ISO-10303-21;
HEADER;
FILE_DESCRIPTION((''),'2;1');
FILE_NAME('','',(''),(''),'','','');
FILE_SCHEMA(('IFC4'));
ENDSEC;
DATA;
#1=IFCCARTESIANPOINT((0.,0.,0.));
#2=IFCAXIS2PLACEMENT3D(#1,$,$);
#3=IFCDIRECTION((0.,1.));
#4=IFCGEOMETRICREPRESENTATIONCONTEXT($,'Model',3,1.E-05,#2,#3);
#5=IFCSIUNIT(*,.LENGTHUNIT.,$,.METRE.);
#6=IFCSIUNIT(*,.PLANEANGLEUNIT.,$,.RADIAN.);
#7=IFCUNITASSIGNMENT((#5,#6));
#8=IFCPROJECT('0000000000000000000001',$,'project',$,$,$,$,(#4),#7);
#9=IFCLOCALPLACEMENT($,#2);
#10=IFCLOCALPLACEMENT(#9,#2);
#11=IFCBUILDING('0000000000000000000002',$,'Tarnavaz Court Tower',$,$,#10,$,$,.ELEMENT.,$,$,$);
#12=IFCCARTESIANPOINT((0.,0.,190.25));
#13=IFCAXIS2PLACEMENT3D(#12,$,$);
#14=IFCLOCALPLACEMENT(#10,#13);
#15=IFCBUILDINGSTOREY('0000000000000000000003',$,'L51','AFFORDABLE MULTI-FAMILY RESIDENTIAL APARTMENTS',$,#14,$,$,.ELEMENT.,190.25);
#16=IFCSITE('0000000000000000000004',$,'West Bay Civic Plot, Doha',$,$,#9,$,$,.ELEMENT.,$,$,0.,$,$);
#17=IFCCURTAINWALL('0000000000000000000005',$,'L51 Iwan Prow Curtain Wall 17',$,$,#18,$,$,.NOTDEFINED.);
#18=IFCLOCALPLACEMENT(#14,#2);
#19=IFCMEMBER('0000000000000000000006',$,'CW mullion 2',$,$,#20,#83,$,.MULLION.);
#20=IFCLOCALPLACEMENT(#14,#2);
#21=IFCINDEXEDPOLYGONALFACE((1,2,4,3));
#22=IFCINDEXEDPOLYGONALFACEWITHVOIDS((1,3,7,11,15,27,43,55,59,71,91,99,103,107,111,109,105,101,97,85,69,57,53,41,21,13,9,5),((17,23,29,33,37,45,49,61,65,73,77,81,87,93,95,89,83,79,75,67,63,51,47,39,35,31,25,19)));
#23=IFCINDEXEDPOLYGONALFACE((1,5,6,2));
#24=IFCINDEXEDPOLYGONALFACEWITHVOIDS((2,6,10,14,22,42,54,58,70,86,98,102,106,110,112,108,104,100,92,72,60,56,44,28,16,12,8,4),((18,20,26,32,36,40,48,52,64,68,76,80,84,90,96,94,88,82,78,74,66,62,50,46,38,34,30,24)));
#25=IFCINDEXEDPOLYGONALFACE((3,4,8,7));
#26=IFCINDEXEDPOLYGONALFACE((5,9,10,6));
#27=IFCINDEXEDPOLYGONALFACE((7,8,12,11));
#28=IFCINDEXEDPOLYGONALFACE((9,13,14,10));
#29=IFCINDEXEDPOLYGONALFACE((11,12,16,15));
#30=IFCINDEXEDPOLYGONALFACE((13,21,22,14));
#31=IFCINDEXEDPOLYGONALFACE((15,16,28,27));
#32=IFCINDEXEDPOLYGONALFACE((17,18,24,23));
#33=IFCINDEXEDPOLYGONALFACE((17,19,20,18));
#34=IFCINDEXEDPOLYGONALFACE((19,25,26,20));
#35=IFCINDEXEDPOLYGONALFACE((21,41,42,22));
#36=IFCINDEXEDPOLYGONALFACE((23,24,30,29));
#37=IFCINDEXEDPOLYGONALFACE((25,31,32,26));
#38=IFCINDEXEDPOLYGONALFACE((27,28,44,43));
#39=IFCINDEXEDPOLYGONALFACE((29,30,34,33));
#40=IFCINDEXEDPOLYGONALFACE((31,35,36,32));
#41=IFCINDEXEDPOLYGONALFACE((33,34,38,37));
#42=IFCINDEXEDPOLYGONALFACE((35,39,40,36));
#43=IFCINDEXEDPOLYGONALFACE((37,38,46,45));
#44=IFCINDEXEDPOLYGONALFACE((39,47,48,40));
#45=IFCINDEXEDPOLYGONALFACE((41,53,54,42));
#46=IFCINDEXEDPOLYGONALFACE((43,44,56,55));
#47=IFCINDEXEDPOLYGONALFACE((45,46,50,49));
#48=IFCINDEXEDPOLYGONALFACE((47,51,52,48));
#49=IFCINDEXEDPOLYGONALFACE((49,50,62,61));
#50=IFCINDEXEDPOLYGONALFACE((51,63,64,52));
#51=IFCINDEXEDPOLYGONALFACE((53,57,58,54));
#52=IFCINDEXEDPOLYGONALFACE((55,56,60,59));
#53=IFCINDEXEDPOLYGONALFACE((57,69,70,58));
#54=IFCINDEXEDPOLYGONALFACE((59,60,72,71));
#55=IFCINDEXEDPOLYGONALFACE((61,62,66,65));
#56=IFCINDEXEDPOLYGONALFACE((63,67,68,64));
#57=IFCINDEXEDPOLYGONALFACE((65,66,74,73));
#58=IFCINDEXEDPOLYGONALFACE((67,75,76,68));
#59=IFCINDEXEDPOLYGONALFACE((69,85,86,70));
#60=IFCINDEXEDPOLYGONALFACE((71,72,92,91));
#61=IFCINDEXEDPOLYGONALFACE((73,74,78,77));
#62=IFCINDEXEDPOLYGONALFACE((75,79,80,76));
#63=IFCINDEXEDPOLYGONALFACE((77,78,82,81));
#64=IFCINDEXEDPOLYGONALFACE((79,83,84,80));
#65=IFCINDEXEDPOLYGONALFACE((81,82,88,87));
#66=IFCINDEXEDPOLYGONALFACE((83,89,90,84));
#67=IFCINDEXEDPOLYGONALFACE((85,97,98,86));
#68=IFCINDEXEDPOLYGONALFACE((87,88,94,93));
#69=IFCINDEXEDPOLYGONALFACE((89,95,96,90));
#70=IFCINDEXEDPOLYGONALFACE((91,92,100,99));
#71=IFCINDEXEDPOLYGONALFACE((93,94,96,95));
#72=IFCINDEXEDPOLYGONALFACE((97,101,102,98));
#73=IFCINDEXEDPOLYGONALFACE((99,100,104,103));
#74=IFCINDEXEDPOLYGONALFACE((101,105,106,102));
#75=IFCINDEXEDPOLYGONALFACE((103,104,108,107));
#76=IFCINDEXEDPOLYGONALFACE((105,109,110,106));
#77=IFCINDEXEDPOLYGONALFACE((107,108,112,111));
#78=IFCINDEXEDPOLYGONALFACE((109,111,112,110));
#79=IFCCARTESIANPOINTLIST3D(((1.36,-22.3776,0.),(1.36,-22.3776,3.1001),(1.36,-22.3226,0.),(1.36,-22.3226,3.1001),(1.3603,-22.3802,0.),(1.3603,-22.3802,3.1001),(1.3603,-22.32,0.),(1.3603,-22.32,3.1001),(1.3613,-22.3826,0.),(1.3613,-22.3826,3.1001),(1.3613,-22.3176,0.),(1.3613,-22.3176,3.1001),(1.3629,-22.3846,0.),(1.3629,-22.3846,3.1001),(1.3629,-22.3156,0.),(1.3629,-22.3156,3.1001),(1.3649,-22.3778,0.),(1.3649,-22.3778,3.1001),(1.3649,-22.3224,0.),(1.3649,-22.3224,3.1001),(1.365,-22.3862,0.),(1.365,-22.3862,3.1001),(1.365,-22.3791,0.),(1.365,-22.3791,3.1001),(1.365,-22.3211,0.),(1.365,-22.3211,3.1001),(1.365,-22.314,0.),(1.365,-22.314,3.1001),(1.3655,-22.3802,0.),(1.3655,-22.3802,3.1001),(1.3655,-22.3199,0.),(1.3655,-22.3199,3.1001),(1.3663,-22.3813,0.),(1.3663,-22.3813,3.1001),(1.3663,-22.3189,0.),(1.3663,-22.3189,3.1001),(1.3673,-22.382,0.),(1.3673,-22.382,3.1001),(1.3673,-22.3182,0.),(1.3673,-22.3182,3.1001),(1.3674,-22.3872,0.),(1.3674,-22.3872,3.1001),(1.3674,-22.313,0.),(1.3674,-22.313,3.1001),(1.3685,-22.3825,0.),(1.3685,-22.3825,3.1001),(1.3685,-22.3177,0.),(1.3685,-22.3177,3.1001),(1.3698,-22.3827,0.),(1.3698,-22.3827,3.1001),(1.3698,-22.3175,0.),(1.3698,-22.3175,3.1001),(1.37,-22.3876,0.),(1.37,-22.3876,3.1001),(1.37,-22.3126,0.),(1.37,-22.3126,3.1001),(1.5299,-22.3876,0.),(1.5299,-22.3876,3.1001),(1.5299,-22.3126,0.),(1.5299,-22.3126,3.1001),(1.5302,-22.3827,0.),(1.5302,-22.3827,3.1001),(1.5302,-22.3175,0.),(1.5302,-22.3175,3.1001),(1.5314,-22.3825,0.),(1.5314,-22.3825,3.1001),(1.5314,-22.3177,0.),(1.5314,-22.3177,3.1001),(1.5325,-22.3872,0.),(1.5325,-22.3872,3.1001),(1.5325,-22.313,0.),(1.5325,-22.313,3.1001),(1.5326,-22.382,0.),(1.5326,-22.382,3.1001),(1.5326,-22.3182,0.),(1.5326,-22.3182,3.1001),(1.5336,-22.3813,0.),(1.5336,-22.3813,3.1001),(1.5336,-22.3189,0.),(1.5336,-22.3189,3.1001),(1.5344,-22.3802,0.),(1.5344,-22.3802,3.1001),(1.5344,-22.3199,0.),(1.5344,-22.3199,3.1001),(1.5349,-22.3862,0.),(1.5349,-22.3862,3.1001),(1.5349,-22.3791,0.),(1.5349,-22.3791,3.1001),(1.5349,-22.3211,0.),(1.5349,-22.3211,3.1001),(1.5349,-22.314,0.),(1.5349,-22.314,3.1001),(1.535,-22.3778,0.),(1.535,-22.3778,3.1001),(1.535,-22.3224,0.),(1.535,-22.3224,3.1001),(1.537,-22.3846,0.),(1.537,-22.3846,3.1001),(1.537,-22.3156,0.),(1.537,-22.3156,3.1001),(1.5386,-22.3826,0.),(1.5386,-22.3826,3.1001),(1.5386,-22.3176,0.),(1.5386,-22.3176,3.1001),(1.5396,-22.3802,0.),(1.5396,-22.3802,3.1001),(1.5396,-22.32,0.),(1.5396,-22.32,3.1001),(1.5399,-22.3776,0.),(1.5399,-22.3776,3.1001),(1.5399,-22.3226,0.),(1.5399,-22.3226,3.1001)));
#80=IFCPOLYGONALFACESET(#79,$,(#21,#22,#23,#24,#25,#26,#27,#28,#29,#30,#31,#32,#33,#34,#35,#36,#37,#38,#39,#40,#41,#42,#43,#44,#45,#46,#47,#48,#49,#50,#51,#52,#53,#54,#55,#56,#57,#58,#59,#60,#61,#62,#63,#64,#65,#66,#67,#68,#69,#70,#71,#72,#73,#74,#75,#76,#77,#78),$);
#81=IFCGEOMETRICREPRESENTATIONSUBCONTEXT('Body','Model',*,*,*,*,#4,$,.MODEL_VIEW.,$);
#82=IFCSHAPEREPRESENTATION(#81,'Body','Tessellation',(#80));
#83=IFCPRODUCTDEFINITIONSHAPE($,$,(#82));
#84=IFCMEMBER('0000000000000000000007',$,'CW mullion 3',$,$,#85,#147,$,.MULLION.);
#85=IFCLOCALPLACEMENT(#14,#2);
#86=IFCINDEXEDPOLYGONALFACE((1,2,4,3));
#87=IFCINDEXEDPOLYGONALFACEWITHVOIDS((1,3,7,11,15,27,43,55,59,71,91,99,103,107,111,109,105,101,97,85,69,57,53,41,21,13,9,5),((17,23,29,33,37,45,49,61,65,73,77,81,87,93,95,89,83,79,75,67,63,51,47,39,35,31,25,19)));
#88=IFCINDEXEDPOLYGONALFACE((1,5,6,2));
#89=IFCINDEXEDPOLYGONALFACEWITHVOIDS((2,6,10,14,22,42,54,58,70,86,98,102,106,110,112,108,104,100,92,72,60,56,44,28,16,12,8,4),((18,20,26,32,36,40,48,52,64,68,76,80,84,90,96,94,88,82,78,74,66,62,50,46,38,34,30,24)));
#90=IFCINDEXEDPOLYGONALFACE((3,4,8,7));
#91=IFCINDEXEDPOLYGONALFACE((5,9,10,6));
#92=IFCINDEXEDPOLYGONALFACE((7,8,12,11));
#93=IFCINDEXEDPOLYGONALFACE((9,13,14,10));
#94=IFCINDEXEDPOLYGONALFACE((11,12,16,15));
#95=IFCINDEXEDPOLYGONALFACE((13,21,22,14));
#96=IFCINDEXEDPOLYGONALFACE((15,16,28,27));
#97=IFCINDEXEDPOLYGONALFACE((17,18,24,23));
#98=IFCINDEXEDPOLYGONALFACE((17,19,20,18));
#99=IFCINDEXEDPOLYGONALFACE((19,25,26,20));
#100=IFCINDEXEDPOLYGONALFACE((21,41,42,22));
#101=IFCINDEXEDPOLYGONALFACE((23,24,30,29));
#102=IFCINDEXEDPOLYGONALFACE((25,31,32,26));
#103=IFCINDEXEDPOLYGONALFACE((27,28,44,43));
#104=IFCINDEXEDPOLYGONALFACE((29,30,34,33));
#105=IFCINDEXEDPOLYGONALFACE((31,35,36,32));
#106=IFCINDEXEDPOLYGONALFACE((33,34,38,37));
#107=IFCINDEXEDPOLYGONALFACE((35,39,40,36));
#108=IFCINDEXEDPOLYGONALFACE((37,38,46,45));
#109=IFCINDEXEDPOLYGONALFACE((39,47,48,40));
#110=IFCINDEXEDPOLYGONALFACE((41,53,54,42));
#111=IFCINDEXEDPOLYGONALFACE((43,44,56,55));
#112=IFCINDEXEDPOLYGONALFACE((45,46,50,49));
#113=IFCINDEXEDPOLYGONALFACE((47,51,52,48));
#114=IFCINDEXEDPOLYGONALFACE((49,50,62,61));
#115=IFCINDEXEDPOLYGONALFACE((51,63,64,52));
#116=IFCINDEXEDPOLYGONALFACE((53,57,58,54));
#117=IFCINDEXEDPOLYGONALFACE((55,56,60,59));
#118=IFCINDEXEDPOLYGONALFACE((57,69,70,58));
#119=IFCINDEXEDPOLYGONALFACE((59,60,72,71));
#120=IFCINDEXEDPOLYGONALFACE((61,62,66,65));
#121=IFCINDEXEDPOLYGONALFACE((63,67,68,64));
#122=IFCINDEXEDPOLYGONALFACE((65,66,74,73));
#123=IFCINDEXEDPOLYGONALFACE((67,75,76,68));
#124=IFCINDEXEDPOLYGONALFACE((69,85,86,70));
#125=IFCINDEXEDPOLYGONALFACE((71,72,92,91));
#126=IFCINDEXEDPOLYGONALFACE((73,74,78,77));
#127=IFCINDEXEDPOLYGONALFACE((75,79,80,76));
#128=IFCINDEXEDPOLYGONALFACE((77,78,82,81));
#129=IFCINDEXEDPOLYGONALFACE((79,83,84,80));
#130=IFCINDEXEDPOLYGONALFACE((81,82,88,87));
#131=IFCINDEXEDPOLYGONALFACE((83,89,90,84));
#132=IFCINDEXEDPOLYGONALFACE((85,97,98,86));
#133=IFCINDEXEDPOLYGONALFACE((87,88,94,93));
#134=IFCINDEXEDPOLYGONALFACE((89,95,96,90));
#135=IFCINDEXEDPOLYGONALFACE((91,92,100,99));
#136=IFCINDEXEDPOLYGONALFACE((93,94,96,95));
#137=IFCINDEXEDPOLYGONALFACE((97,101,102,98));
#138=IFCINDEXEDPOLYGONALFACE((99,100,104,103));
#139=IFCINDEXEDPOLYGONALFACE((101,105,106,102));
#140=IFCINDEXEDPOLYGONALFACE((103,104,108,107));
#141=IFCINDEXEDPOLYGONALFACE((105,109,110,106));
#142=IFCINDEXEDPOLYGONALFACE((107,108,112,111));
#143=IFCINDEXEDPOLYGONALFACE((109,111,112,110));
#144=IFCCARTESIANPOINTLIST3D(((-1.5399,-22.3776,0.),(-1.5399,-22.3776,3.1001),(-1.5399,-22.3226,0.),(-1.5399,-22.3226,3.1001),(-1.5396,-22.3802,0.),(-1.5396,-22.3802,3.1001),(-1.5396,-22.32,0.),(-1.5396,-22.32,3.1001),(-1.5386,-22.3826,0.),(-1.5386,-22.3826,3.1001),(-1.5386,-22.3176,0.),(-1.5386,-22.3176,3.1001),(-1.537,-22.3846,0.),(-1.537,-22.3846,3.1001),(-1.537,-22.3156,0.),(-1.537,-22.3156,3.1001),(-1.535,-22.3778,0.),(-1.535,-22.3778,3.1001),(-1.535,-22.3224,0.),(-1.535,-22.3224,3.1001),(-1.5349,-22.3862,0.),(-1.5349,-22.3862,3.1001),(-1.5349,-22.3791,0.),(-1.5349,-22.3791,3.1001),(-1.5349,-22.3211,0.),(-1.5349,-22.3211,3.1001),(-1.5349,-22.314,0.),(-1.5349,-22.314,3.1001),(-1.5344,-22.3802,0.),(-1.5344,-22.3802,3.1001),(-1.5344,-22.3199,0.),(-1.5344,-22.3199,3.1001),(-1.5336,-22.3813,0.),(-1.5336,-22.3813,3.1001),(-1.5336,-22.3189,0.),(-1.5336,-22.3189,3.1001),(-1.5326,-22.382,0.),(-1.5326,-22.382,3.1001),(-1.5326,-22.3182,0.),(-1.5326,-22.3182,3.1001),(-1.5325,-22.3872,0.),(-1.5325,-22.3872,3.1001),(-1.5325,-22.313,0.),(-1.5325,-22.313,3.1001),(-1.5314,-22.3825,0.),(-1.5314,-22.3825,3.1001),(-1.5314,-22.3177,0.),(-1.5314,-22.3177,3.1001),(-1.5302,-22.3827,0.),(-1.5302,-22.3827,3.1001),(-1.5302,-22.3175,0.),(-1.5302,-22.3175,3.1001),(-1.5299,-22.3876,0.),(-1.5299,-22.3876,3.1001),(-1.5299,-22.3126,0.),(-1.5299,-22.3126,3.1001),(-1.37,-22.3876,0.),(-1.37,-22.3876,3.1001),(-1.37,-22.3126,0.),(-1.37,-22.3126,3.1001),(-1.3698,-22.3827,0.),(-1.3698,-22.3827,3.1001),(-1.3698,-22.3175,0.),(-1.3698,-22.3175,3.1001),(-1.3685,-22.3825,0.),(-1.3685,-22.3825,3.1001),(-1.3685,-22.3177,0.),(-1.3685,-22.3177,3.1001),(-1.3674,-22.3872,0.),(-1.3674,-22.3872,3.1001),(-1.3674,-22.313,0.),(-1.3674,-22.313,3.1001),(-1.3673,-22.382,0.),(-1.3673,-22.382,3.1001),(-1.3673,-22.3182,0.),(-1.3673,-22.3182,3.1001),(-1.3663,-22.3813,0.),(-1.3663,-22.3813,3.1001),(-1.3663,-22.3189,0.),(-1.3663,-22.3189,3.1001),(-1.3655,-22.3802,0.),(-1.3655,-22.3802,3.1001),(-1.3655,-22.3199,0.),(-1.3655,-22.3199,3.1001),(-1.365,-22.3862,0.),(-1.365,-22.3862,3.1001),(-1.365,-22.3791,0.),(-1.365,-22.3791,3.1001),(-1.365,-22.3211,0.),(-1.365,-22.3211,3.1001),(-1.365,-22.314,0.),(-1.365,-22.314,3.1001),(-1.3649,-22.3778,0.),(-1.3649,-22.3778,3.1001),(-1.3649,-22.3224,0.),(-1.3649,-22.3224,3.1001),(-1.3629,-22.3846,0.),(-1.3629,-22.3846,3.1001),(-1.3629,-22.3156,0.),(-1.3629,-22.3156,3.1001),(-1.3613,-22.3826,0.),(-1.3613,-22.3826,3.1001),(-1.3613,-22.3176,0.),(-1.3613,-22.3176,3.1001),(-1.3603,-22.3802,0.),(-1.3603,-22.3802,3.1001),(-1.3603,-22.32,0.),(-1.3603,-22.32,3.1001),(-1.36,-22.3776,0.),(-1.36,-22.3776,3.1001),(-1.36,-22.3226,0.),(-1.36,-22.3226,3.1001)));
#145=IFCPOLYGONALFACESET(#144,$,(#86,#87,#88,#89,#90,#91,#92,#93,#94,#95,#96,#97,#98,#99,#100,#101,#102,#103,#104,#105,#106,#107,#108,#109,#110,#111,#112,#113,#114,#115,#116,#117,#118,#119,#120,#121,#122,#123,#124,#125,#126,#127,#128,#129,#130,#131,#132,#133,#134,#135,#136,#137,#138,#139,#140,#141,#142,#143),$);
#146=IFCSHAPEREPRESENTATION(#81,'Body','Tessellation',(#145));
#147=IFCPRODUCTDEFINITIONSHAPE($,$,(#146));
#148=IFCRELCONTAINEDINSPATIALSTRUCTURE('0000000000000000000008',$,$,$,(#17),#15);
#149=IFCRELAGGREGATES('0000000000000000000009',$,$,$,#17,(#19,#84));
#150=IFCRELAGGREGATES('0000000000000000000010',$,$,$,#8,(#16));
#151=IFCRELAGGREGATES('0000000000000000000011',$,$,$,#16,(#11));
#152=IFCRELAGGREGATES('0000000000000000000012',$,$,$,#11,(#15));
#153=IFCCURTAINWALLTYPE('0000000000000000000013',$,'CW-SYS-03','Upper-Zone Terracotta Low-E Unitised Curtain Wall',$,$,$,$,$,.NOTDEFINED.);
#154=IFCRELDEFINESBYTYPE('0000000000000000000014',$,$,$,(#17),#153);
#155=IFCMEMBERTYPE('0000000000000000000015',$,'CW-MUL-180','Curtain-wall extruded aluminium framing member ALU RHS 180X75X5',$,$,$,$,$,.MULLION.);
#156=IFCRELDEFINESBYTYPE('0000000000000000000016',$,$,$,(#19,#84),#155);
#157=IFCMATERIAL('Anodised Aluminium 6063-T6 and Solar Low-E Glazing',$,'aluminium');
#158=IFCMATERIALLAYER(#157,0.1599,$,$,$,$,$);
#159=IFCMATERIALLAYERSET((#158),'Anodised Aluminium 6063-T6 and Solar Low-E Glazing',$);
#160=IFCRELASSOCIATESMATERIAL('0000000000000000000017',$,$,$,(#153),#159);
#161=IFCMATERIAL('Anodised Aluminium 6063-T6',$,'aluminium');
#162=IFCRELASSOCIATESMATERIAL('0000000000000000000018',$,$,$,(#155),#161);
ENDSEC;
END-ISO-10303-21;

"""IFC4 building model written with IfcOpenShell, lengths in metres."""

from ifc_helpers import new_model, si_unit, direction, frame, origin, origin_2d, place, context, subcontext, project, spatial, hollow_rectangle, extrude, material, layer, layer_set, material_profile, profile_set, type_object, element, aggregate, save


model = new_model("IFC4")

# Units and contexts
model_context = context("Model", 3, precision=1e-05, world=origin(), true_north=direction((0.0, 1.0)))
body_context = subcontext(model_context, "Body", "Model", "MODEL_VIEW")
ifc_project = project(units=[si_unit("LENGTHUNIT", "METRE"), si_unit("PLANEANGLEUNIT", "RADIAN")], contexts=[model_context])

# Site, building, storey
site_placement = place(None, origin())
site = spatial("IfcSite", under=ifc_project, at=site_placement, Name="West Bay Civic Plot, Doha", CompositionType="ELEMENT", RefElevation=0.0)
building_placement = place(site_placement, origin())
building = spatial("IfcBuilding", under=site, at=building_placement, Name="Tarnavaz Court Tower", CompositionType="ELEMENT")
storey_placement = place(building_placement, frame((0.0, 0.0, 190.25)))
storey = spatial("IfcBuildingStorey", under=building, at=storey_placement, Name="L51", Description="AFFORDABLE MULTI-FAMILY RESIDENTIAL APARTMENTS", CompositionType="ELEMENT", Elevation=190.25)

# Curtain wall, members
ifc_material_1 = material(Name="Anodised Aluminium 6063-T6 and Solar Low-E Glazing", Category="aluminium")
ifc_layer_1 = layer(ifc_material_1, 0.1599)
ifc_layer_set_1 = layer_set([ifc_layer_1], Name="Anodised Aluminium 6063-T6 and Solar Low-E Glazing")
curtain_wall_type = type_object("IfcCurtainWallType", Name="CW-SYS-03", Description="Upper-Zone Terracotta Low-E Unitised Curtain Wall", PredefinedType="NOTDEFINED", material=ifc_layer_set_1)
curtain_wall_placement = place(storey_placement, origin())
curtain_wall = element("IfcCurtainWall", 1, at=curtain_wall_placement, inside=storey, type_object=curtain_wall_type, Name="L51 Iwan Prow Curtain Wall 17", PredefinedType="NOTDEFINED")
ifc_material_2 = material(Name="Anodised Aluminium 6063-T6", Category="aluminium")
ifc_material_profile_1 = material_profile(ifc_material_2, hollow_rectangle(XDim=0.075, YDim=0.1799, WallThickness=0.0049, InnerFilletRadius=0.0049, OuterFilletRadius=0.01, at=origin_2d()), Name="ALU RHS 180X75X5")
ifc_profile_set_1 = profile_set([ifc_material_profile_1], Name="Anodised Aluminium 6063-T6")
member_type_1 = type_object("IfcMemberType", Name="CW-MUL-180", Description="Curtain-wall extruded aluminium framing member ALU RHS 180X75X5", PredefinedType="MULLION", material=ifc_profile_set_1)
member_1_placement = place(storey_placement, frame((1.45, -22.3501, 0.0), z_axis=(0.0, 0.0, 1.0), x_axis=(0.0, -1.0, 0.0)))
member_1 = element("IfcMember", 2, at=member_1_placement, type_object=member_type_1, Name="CW mullion 2", PredefinedType="MULLION", context=body_context, shape_type="SweptSolid", body=[
    extrude(hollow_rectangle(XDim=0.075, YDim=0.1799, WallThickness=0.0049, InnerFilletRadius=0.0049, OuterFilletRadius=0.01, at=origin_2d()), origin(), (0.0, 0.0, 1.0), 3.1001),
])
member_2_placement = place(storey_placement, frame((-1.45, -22.3501, 0.0), z_axis=(0.0, 0.0, 1.0), x_axis=(0.0, -1.0, 0.0)))
member_2 = element("IfcMember", 3, at=member_2_placement, type_object=member_type_1, Name="CW mullion 3", PredefinedType="MULLION", context=body_context, shape_type="SweptSolid", body=[
    extrude(hollow_rectangle(XDim=0.075, YDim=0.1799, WallThickness=0.0049, InnerFilletRadius=0.0049, OuterFilletRadius=0.01, at=origin_2d()), origin(), (0.0, 0.0, 1.0), 3.1001),
])
aggregate(curtain_wall, [member_1, member_2])

save(model, "model.ifc")
